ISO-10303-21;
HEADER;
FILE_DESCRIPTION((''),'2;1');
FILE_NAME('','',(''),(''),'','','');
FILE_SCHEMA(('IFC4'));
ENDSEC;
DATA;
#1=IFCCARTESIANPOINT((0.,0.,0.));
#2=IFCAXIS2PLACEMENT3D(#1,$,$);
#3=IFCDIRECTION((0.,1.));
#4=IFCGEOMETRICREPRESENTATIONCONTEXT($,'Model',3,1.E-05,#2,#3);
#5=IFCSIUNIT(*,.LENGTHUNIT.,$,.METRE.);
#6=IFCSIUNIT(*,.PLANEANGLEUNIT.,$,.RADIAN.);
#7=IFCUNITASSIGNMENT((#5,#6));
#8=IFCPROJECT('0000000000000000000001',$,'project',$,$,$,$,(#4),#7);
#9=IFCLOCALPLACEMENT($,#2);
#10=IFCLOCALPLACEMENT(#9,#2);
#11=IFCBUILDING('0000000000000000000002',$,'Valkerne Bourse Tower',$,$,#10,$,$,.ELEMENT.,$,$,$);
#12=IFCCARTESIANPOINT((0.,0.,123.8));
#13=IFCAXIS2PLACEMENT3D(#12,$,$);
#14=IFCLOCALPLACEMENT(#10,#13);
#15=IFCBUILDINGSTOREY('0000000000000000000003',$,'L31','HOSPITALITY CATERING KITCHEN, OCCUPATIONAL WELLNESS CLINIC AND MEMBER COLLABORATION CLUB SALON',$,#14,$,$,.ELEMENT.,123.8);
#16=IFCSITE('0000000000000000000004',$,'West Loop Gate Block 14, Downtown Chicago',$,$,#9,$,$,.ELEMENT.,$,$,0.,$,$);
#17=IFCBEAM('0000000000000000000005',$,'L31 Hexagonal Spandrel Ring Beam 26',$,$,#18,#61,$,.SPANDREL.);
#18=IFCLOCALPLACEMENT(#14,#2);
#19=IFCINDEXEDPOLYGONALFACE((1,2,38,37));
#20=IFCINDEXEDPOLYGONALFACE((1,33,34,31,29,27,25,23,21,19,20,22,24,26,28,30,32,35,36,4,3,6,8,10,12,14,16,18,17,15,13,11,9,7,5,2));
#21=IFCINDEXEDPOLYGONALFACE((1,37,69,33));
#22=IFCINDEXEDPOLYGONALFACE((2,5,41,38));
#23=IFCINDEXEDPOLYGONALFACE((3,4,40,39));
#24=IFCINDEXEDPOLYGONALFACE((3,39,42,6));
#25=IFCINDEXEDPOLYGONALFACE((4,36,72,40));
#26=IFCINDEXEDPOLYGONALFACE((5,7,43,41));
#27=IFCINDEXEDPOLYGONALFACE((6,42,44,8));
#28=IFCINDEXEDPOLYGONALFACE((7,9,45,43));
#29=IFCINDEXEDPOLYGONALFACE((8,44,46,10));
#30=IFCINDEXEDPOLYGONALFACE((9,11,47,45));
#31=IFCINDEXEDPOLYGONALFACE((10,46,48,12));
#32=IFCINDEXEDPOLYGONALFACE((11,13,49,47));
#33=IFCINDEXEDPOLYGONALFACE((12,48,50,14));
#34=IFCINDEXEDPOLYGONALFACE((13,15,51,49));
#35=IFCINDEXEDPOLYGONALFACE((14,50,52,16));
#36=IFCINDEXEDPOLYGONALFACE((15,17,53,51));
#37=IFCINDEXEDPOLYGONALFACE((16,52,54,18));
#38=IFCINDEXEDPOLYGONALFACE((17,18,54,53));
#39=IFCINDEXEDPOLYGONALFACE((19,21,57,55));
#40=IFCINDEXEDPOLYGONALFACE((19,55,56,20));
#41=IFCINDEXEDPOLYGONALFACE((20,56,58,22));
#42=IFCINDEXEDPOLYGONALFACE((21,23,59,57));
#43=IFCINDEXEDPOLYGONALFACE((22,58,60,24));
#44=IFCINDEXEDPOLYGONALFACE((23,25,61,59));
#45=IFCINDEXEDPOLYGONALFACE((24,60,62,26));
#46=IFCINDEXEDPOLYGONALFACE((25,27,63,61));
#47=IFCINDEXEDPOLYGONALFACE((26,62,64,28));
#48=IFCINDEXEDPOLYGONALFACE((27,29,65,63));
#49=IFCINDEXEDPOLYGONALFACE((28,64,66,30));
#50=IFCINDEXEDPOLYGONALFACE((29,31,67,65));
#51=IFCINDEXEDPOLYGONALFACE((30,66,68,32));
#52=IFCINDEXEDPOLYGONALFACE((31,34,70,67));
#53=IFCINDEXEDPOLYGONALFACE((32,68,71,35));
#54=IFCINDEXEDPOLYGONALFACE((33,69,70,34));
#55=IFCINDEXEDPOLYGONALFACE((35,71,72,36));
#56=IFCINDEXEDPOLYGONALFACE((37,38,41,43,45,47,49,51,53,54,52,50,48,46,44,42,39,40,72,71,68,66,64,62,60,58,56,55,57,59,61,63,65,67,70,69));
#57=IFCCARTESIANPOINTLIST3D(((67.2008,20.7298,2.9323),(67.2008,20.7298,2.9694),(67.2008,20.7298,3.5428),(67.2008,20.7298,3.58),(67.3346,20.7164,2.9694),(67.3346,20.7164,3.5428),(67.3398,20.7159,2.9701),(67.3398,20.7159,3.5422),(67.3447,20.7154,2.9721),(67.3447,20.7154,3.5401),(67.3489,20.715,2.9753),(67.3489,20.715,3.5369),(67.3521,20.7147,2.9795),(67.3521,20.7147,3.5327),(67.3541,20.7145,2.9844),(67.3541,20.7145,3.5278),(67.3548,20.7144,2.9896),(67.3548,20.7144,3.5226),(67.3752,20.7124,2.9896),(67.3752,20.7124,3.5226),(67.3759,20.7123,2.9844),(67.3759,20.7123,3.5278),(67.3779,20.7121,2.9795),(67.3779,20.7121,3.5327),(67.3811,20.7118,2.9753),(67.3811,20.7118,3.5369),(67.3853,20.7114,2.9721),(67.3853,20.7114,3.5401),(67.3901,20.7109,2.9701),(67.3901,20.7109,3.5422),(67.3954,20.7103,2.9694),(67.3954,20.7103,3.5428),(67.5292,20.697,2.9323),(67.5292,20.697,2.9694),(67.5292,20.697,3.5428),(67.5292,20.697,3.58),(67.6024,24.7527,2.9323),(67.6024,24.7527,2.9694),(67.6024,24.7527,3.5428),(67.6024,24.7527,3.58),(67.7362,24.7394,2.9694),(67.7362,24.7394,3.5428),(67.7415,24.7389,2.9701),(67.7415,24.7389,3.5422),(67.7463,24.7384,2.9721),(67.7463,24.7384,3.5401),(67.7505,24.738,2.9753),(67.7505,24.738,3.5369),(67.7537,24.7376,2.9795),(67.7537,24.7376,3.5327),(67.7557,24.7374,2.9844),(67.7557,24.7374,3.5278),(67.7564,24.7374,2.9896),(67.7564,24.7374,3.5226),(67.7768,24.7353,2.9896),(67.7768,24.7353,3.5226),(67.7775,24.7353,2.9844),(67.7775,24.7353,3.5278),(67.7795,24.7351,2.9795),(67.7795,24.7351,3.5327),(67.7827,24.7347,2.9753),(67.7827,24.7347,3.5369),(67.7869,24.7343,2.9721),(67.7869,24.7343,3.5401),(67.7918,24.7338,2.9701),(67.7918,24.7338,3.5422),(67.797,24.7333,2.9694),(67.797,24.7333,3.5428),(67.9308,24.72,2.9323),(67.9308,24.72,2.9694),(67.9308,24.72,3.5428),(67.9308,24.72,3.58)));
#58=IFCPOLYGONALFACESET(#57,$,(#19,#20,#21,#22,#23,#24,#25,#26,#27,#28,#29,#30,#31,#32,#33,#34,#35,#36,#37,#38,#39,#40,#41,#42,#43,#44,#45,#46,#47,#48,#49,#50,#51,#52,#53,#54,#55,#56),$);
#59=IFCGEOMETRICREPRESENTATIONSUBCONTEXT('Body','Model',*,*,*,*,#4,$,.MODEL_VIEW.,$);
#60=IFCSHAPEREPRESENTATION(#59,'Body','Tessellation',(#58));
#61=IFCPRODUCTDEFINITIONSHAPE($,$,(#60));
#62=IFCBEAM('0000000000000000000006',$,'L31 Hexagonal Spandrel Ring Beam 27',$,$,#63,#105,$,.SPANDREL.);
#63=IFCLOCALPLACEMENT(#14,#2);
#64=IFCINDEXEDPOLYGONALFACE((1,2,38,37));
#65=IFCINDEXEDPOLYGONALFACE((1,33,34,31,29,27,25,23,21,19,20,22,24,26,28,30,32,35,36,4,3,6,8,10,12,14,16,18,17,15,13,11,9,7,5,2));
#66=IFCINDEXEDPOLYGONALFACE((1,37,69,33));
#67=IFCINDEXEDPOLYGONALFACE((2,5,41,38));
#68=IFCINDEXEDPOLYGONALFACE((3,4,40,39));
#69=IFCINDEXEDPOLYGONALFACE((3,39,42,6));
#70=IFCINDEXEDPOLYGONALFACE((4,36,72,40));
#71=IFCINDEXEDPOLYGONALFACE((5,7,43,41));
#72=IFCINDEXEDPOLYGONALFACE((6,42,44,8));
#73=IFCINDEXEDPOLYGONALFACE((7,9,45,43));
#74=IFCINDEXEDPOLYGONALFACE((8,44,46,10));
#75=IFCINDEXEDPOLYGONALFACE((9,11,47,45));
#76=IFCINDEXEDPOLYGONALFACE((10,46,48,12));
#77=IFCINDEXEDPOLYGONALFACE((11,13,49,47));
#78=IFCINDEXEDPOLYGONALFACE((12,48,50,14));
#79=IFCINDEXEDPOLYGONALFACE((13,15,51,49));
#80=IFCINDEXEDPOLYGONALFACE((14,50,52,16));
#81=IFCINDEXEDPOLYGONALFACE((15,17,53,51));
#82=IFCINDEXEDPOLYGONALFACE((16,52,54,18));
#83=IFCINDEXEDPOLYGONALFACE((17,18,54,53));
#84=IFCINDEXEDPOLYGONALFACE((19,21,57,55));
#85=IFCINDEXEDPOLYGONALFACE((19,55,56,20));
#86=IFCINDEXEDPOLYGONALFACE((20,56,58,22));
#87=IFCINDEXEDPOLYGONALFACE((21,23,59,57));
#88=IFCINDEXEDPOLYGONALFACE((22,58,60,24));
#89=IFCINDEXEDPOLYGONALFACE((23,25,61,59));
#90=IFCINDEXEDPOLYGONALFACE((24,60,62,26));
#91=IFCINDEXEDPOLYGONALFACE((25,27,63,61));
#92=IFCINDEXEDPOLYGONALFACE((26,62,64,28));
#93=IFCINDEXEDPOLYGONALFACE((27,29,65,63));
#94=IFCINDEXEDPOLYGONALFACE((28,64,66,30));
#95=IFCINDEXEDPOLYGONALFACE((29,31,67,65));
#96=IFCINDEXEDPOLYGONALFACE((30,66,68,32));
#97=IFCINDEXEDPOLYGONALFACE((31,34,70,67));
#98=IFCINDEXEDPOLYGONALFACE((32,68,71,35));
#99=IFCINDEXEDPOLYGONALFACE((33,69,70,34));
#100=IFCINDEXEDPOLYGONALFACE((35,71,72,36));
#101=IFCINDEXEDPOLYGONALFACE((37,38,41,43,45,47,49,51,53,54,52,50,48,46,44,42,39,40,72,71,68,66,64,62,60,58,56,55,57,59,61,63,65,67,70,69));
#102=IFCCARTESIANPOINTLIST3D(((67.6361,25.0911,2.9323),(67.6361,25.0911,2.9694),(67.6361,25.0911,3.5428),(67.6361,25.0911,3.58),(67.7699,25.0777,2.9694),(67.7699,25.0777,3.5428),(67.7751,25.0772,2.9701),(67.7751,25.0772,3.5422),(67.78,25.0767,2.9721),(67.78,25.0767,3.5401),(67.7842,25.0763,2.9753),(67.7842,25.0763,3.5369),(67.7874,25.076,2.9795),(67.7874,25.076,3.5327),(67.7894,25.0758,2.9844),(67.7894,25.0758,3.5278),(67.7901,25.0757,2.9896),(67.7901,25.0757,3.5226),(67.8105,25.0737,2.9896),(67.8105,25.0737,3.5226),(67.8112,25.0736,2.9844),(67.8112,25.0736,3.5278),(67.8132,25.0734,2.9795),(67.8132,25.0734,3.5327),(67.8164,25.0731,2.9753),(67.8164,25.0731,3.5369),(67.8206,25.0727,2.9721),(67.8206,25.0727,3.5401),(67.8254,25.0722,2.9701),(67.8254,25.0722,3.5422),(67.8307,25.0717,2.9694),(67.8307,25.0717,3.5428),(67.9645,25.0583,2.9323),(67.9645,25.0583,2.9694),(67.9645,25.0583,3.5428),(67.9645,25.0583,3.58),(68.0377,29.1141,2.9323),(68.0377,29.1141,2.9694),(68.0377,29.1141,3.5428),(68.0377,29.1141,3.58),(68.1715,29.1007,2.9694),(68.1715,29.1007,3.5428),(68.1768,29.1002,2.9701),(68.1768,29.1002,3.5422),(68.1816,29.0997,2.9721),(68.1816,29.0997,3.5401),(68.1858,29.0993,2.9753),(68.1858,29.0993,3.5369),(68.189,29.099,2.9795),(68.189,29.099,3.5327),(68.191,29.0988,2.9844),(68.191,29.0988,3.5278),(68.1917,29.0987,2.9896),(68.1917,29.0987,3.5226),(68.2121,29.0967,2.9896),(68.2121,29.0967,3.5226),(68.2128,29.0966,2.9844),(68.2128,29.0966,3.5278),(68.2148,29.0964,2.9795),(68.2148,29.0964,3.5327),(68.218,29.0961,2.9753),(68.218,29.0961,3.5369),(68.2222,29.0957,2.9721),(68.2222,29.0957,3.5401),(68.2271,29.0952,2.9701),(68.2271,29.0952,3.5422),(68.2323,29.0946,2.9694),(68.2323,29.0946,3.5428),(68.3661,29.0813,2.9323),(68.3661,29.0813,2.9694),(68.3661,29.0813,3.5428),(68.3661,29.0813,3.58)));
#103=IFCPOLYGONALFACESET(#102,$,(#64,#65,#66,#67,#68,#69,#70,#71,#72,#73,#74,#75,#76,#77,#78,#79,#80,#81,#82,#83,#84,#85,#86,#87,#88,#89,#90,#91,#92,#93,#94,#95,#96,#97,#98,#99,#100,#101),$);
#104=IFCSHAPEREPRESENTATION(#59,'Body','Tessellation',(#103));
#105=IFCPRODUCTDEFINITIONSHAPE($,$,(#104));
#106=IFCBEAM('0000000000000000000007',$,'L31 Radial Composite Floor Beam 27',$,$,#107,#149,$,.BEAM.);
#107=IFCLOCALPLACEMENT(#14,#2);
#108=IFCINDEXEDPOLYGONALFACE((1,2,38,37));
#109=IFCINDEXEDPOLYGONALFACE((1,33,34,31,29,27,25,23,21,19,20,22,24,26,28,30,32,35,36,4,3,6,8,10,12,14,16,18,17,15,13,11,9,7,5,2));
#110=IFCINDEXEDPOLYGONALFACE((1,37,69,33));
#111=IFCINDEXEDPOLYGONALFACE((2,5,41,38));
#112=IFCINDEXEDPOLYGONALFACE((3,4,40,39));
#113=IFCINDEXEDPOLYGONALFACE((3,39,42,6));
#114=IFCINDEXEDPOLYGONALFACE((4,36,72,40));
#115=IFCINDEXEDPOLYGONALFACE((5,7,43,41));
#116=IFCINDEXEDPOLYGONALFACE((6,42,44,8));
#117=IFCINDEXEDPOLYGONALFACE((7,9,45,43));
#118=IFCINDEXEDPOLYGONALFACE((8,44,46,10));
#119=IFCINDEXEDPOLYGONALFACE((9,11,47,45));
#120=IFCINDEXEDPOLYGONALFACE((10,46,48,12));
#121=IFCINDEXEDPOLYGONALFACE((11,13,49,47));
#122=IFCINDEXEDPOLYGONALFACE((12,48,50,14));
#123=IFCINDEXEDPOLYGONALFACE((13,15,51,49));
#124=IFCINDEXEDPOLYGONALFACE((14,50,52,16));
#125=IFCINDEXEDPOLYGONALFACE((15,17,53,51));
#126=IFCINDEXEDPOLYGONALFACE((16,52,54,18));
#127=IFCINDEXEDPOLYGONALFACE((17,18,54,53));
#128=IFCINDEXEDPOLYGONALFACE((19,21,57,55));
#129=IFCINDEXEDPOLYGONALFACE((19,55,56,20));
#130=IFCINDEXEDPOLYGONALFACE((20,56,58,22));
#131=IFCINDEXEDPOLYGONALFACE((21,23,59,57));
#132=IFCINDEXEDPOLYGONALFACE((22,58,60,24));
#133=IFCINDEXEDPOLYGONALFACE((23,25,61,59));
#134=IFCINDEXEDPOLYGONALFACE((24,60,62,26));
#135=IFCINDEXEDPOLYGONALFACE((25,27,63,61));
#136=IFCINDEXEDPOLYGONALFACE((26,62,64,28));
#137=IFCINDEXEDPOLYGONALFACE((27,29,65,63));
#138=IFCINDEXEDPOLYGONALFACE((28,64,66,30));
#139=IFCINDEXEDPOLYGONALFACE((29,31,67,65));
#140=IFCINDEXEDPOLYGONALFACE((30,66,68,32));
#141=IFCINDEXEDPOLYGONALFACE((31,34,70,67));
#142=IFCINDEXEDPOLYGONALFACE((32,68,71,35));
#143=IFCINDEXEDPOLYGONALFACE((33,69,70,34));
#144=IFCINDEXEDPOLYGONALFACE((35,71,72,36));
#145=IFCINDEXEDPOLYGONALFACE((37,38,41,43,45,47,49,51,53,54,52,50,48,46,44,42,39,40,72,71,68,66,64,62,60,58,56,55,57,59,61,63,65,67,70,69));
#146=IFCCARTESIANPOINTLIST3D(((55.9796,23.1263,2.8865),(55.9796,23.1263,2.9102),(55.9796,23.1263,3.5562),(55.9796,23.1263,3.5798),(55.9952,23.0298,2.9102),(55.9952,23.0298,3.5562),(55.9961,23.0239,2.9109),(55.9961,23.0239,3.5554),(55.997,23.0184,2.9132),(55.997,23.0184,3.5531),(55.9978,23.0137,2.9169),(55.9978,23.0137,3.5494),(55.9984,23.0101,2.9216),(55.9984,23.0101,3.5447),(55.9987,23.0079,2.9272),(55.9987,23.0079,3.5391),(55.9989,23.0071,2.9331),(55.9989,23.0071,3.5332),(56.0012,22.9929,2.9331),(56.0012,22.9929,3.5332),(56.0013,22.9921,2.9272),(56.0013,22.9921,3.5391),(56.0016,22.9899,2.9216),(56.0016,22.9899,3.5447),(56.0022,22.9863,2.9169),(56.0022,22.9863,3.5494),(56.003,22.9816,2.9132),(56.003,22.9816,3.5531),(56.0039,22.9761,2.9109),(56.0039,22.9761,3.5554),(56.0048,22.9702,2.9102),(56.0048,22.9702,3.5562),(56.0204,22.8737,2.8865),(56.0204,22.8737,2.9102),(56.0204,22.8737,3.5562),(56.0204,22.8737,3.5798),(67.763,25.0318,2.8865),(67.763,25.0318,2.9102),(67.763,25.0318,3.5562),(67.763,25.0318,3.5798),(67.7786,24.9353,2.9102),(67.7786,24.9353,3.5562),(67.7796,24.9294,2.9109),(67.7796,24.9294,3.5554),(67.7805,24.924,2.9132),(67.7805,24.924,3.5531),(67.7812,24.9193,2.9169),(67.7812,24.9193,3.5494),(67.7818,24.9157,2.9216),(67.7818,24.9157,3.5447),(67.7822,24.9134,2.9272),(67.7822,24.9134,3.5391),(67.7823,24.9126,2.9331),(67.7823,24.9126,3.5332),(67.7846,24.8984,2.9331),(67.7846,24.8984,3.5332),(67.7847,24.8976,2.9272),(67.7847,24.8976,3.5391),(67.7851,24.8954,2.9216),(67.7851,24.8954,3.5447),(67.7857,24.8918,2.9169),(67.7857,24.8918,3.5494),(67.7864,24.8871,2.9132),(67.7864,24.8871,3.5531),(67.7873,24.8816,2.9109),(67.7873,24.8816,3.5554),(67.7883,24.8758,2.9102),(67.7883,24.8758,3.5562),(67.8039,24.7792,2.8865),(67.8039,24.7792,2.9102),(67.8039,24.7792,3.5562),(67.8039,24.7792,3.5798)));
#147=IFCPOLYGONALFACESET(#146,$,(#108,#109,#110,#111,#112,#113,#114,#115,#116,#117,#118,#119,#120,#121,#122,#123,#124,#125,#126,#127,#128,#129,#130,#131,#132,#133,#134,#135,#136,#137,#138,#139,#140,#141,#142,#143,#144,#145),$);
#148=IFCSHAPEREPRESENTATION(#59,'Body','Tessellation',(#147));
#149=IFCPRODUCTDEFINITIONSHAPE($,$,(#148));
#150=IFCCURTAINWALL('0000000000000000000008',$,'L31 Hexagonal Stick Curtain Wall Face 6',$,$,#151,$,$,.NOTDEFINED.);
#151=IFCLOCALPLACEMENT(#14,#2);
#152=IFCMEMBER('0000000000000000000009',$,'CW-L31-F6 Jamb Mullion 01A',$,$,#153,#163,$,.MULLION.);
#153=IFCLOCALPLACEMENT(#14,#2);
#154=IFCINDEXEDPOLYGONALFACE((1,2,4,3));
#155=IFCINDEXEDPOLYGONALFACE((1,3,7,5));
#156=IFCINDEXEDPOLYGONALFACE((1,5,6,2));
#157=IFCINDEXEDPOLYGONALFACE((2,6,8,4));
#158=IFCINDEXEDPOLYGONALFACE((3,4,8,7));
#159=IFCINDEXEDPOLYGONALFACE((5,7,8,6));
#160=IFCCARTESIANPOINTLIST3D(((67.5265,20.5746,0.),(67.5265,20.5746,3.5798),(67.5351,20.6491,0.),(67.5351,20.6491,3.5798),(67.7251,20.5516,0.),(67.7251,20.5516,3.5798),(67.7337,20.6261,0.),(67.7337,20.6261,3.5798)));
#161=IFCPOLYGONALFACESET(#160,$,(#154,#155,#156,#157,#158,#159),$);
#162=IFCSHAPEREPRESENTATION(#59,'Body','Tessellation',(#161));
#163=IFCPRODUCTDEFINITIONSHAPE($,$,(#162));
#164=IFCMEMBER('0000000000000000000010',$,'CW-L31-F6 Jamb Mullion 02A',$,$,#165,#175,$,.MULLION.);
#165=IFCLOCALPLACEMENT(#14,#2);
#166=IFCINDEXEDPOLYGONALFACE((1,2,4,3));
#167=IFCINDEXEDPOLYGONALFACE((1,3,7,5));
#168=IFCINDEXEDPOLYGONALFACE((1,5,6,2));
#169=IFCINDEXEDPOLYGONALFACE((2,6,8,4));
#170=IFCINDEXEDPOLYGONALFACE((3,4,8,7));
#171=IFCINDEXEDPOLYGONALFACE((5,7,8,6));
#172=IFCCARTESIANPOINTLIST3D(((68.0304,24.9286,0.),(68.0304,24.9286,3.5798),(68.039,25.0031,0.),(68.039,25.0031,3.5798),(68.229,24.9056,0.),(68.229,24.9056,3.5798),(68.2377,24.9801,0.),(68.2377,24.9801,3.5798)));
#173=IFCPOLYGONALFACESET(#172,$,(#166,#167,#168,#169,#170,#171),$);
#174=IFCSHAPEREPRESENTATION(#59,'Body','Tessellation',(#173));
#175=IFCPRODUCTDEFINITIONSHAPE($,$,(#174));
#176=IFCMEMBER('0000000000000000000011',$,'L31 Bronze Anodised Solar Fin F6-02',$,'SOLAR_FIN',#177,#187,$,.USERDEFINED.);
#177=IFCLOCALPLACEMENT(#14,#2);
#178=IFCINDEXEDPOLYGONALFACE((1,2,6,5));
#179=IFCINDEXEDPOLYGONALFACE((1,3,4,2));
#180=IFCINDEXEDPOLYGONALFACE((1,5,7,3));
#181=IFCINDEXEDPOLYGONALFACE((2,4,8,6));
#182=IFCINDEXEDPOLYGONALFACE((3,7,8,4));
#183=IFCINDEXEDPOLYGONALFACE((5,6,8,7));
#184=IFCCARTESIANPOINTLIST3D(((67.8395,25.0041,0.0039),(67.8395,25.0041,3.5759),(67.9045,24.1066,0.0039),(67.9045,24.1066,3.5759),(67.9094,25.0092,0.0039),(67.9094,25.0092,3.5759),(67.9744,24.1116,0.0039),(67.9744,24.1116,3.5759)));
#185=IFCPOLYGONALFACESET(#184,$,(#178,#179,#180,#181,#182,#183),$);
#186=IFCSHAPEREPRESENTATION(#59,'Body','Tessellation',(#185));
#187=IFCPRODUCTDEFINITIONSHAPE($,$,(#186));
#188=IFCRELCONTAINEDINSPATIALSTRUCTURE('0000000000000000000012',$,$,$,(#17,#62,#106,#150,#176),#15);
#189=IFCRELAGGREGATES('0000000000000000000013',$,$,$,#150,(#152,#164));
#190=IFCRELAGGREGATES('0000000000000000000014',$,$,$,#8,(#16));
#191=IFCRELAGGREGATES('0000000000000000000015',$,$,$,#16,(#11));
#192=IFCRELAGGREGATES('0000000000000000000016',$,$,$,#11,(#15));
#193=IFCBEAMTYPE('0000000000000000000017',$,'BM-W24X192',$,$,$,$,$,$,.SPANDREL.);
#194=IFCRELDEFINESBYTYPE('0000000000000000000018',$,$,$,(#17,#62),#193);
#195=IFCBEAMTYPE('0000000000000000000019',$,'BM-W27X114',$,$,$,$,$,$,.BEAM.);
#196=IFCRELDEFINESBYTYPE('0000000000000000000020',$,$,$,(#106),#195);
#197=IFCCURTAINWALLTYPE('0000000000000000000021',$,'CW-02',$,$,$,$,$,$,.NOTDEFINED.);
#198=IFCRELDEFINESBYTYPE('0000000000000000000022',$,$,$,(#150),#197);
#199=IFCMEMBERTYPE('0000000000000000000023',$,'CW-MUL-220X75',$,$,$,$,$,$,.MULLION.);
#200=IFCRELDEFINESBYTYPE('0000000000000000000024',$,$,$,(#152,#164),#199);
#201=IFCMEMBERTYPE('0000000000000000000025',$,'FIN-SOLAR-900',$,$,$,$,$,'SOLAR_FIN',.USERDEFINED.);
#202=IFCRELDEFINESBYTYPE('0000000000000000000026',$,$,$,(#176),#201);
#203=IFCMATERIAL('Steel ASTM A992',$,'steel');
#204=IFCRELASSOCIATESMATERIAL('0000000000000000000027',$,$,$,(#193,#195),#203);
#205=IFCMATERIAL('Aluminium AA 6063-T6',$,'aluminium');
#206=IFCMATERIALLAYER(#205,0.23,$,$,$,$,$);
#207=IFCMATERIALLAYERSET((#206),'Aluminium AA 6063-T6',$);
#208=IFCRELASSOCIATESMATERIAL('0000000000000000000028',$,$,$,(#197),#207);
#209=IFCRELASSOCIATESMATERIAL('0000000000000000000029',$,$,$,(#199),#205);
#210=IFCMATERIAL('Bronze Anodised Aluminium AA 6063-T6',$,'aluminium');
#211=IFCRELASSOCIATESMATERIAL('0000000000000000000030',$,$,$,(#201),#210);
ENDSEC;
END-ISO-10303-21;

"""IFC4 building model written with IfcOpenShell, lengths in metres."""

from ifc_helpers import new_model, si_unit, direction, frame, origin, origin_2d, place, context, subcontext, project, spatial, rectangle, i_section, extrude, material, layer, layer_set, material_profile, profile_set, type_object, element, aggregate, save


model = new_model("IFC4")

# Units and contexts
model_context = context("Model", 3, precision=1e-05, world=origin(), true_north=direction((0.0, 1.0)))
body_context = subcontext(model_context, "Body", "Model", "MODEL_VIEW")
ifc_project = project(units=[si_unit("LENGTHUNIT", "METRE"), si_unit("PLANEANGLEUNIT", "RADIAN")], contexts=[model_context])

# Site, building, storey
site_placement = place(None, origin())
site = spatial("IfcSite", under=ifc_project, at=site_placement, Name="West Loop Gate Block 14, Downtown Chicago", CompositionType="ELEMENT", RefElevation=0.0)
building_placement = place(site_placement, origin())
building = spatial("IfcBuilding", under=site, at=building_placement, Name="Valkerne Bourse Tower", CompositionType="ELEMENT")
storey_placement = place(building_placement, frame((0.0, 0.0, 123.8)))
storey = spatial("IfcBuildingStorey", under=building, at=storey_placement, Name="L31", Description="HOSPITALITY CATERING KITCHEN, OCCUPATIONAL WELLNESS CLINIC AND MEMBER COLLABORATION CLUB SALON", CompositionType="ELEMENT", Elevation=123.8)

# Beams
ifc_material_1 = material(Name="Steel ASTM A992", Category="steel")
ifc_material_profile_1 = material_profile(ifc_material_1, i_section(OverallWidth=0.3301, OverallDepth=0.6477, WebThickness=0.0205, FlangeThickness=0.0371, FilletRadius=0.0203, at=origin_2d()), Name="W24X192")
ifc_profile_set_1 = profile_set([ifc_material_profile_1], Name="Steel ASTM A992")
beam_type_1 = type_object("IfcBeamType", Name="BM-W24X192", PredefinedType="SPANDREL", material=ifc_profile_set_1)
for number, where, z_axis, x_axis, name in (
    (1, (67.365, 20.7134, 3.2561), (0.099336, 0.995054, 0.0), (-0.995054, 0.099336, 0.0), "L31 Hexagonal Spandrel Ring Beam 26"),
    (2, (67.8003, 25.0747, 3.2561), (0.099336, 0.995054, 0.0), (-0.995054, 0.099336, 0.0), "L31 Hexagonal Spandrel Ring Beam 27"),
):
    element("IfcBeam", number, at=place(storey_placement, frame(where, z_axis=z_axis, x_axis=x_axis)), inside=storey, type_object=beam_type_1, Name=name, PredefinedType="SPANDREL", context=body_context, shape_type="SweptSolid", body=[
        extrude(i_section(OverallWidth=0.3301, OverallDepth=0.6477, WebThickness=0.0205, FlangeThickness=0.0371, FilletRadius=0.0203, at=origin_2d()), origin(), (0.0, 0.0, 1.0), 4.043),
    ])
ifc_material_profile_2 = material_profile(ifc_material_1, i_section(OverallWidth=0.2559, OverallDepth=0.6934, WebThickness=0.0144, FlangeThickness=0.0237, FilletRadius=0.0229, at=origin_2d()), Name="W27X114")
ifc_profile_set_2 = profile_set([ifc_material_profile_2], Name="Steel ASTM A992")
beam_type_2 = type_object("IfcBeamType", Name="BM-W27X114", PredefinedType="BEAM", material=ifc_profile_set_2)
beam_1_placement = place(storey_placement, frame((67.7834, 24.9055, 3.2332), z_axis=(-0.987176, -0.159638, 0.0), x_axis=(0.159638, -0.987176, 0.0)))
element("IfcBeam", 3, at=beam_1_placement, inside=storey, type_object=beam_type_2, Name="L31 Radial Composite Floor Beam 27", PredefinedType="BEAM", context=body_context, shape_type="SweptSolid", body=[
    extrude(i_section(OverallWidth=0.2559, OverallDepth=0.6934, WebThickness=0.0144, FlangeThickness=0.0237, FilletRadius=0.0229, at=origin_2d()), origin(), (0.0, 0.0, 1.0), 11.9365),
])

# Curtain wall, members
ifc_material_2 = material(Name="Aluminium AA 6063-T6", Category="aluminium")
ifc_layer_1 = layer(ifc_material_2, 0.23)
ifc_layer_set_1 = layer_set([ifc_layer_1], Name="Aluminium AA 6063-T6")
curtain_wall_type = type_object("IfcCurtainWallType", Name="CW-02", PredefinedType="NOTDEFINED", material=ifc_layer_set_1)
curtain_wall_placement = place(storey_placement, origin())
curtain_wall = element("IfcCurtainWall", 4, at=curtain_wall_placement, inside=storey, type_object=curtain_wall_type, Name="L31 Hexagonal Stick Curtain Wall Face 6", PredefinedType="NOTDEFINED")
ifc_material_profile_3 = material_profile(ifc_material_2, rectangle(XDim=0.075, YDim=0.2, at=origin_2d()), Name="CWM-75X200")
ifc_profile_set_3 = profile_set([ifc_material_profile_3], Name="Aluminium AA 6063-T6")
member_type_1 = type_object("IfcMemberType", Name="CW-MUL-220X75", PredefinedType="MULLION", material=ifc_profile_set_3)
member_1_placement = place(storey_placement, frame((67.6301, 20.6003, 0.0), z_axis=(0.0, 0.0, 1.0), x_axis=(0.114945, 0.993372, 0.0)))
member_1 = element("IfcMember", 5, at=member_1_placement, type_object=member_type_1, Name="CW-L31-F6 Jamb Mullion 01A", PredefinedType="MULLION", context=body_context, shape_type="SweptSolid", body=[
    extrude(rectangle(XDim=0.075, YDim=0.2, at=origin_2d()), origin(), (0.0, 0.0, 1.0), 3.5798),
])
member_2_placement = place(storey_placement, frame((68.134, 24.9543, 0.0), z_axis=(0.0, 0.0, 1.0), x_axis=(0.11492, 0.993375, 0.0)))
member_2 = element("IfcMember", 6, at=member_2_placement, type_object=member_type_1, Name="CW-L31-F6 Jamb Mullion 02A", PredefinedType="MULLION", context=body_context, shape_type="SweptSolid", body=[
    extrude(rectangle(XDim=0.075, YDim=0.2, at=origin_2d()), origin(), (0.0, 0.0, 1.0), 3.5798),
])

# Member
ifc_material_3 = material(Name="Bronze Anodised Aluminium AA 6063-T6", Category="aluminium")
ifc_material_profile_4 = material_profile(ifc_material_3, rectangle(XDim=0.0701, YDim=0.8999, at=origin_2d()), Name="FIN-70X900")
ifc_profile_set_4 = profile_set([ifc_material_profile_4], Name="Bronze Anodised Aluminium AA 6063-T6")
member_type_2 = type_object("IfcMemberType", Name="FIN-SOLAR-900", ElementType="SOLAR_FIN", PredefinedType="USERDEFINED", material=ifc_profile_set_4)
member_3_placement = place(storey_placement, frame((67.907, 24.5579, 0.0039), z_axis=(0.0, 0.0, 1.0), x_axis=(0.997389, 0.072213, 0.0)))
element("IfcMember", 7, at=member_3_placement, inside=storey, type_object=member_type_2, Name="L31 Bronze Anodised Solar Fin F6-02", ObjectType="SOLAR_FIN", PredefinedType="USERDEFINED", context=body_context, shape_type="SweptSolid", body=[
    extrude(rectangle(XDim=0.0701, YDim=0.8999, at=origin_2d()), origin(), (0.0, 0.0, 1.0), 3.572),
])

aggregate(curtain_wall, [member_1, member_2])

save(model, "model.ifc")
